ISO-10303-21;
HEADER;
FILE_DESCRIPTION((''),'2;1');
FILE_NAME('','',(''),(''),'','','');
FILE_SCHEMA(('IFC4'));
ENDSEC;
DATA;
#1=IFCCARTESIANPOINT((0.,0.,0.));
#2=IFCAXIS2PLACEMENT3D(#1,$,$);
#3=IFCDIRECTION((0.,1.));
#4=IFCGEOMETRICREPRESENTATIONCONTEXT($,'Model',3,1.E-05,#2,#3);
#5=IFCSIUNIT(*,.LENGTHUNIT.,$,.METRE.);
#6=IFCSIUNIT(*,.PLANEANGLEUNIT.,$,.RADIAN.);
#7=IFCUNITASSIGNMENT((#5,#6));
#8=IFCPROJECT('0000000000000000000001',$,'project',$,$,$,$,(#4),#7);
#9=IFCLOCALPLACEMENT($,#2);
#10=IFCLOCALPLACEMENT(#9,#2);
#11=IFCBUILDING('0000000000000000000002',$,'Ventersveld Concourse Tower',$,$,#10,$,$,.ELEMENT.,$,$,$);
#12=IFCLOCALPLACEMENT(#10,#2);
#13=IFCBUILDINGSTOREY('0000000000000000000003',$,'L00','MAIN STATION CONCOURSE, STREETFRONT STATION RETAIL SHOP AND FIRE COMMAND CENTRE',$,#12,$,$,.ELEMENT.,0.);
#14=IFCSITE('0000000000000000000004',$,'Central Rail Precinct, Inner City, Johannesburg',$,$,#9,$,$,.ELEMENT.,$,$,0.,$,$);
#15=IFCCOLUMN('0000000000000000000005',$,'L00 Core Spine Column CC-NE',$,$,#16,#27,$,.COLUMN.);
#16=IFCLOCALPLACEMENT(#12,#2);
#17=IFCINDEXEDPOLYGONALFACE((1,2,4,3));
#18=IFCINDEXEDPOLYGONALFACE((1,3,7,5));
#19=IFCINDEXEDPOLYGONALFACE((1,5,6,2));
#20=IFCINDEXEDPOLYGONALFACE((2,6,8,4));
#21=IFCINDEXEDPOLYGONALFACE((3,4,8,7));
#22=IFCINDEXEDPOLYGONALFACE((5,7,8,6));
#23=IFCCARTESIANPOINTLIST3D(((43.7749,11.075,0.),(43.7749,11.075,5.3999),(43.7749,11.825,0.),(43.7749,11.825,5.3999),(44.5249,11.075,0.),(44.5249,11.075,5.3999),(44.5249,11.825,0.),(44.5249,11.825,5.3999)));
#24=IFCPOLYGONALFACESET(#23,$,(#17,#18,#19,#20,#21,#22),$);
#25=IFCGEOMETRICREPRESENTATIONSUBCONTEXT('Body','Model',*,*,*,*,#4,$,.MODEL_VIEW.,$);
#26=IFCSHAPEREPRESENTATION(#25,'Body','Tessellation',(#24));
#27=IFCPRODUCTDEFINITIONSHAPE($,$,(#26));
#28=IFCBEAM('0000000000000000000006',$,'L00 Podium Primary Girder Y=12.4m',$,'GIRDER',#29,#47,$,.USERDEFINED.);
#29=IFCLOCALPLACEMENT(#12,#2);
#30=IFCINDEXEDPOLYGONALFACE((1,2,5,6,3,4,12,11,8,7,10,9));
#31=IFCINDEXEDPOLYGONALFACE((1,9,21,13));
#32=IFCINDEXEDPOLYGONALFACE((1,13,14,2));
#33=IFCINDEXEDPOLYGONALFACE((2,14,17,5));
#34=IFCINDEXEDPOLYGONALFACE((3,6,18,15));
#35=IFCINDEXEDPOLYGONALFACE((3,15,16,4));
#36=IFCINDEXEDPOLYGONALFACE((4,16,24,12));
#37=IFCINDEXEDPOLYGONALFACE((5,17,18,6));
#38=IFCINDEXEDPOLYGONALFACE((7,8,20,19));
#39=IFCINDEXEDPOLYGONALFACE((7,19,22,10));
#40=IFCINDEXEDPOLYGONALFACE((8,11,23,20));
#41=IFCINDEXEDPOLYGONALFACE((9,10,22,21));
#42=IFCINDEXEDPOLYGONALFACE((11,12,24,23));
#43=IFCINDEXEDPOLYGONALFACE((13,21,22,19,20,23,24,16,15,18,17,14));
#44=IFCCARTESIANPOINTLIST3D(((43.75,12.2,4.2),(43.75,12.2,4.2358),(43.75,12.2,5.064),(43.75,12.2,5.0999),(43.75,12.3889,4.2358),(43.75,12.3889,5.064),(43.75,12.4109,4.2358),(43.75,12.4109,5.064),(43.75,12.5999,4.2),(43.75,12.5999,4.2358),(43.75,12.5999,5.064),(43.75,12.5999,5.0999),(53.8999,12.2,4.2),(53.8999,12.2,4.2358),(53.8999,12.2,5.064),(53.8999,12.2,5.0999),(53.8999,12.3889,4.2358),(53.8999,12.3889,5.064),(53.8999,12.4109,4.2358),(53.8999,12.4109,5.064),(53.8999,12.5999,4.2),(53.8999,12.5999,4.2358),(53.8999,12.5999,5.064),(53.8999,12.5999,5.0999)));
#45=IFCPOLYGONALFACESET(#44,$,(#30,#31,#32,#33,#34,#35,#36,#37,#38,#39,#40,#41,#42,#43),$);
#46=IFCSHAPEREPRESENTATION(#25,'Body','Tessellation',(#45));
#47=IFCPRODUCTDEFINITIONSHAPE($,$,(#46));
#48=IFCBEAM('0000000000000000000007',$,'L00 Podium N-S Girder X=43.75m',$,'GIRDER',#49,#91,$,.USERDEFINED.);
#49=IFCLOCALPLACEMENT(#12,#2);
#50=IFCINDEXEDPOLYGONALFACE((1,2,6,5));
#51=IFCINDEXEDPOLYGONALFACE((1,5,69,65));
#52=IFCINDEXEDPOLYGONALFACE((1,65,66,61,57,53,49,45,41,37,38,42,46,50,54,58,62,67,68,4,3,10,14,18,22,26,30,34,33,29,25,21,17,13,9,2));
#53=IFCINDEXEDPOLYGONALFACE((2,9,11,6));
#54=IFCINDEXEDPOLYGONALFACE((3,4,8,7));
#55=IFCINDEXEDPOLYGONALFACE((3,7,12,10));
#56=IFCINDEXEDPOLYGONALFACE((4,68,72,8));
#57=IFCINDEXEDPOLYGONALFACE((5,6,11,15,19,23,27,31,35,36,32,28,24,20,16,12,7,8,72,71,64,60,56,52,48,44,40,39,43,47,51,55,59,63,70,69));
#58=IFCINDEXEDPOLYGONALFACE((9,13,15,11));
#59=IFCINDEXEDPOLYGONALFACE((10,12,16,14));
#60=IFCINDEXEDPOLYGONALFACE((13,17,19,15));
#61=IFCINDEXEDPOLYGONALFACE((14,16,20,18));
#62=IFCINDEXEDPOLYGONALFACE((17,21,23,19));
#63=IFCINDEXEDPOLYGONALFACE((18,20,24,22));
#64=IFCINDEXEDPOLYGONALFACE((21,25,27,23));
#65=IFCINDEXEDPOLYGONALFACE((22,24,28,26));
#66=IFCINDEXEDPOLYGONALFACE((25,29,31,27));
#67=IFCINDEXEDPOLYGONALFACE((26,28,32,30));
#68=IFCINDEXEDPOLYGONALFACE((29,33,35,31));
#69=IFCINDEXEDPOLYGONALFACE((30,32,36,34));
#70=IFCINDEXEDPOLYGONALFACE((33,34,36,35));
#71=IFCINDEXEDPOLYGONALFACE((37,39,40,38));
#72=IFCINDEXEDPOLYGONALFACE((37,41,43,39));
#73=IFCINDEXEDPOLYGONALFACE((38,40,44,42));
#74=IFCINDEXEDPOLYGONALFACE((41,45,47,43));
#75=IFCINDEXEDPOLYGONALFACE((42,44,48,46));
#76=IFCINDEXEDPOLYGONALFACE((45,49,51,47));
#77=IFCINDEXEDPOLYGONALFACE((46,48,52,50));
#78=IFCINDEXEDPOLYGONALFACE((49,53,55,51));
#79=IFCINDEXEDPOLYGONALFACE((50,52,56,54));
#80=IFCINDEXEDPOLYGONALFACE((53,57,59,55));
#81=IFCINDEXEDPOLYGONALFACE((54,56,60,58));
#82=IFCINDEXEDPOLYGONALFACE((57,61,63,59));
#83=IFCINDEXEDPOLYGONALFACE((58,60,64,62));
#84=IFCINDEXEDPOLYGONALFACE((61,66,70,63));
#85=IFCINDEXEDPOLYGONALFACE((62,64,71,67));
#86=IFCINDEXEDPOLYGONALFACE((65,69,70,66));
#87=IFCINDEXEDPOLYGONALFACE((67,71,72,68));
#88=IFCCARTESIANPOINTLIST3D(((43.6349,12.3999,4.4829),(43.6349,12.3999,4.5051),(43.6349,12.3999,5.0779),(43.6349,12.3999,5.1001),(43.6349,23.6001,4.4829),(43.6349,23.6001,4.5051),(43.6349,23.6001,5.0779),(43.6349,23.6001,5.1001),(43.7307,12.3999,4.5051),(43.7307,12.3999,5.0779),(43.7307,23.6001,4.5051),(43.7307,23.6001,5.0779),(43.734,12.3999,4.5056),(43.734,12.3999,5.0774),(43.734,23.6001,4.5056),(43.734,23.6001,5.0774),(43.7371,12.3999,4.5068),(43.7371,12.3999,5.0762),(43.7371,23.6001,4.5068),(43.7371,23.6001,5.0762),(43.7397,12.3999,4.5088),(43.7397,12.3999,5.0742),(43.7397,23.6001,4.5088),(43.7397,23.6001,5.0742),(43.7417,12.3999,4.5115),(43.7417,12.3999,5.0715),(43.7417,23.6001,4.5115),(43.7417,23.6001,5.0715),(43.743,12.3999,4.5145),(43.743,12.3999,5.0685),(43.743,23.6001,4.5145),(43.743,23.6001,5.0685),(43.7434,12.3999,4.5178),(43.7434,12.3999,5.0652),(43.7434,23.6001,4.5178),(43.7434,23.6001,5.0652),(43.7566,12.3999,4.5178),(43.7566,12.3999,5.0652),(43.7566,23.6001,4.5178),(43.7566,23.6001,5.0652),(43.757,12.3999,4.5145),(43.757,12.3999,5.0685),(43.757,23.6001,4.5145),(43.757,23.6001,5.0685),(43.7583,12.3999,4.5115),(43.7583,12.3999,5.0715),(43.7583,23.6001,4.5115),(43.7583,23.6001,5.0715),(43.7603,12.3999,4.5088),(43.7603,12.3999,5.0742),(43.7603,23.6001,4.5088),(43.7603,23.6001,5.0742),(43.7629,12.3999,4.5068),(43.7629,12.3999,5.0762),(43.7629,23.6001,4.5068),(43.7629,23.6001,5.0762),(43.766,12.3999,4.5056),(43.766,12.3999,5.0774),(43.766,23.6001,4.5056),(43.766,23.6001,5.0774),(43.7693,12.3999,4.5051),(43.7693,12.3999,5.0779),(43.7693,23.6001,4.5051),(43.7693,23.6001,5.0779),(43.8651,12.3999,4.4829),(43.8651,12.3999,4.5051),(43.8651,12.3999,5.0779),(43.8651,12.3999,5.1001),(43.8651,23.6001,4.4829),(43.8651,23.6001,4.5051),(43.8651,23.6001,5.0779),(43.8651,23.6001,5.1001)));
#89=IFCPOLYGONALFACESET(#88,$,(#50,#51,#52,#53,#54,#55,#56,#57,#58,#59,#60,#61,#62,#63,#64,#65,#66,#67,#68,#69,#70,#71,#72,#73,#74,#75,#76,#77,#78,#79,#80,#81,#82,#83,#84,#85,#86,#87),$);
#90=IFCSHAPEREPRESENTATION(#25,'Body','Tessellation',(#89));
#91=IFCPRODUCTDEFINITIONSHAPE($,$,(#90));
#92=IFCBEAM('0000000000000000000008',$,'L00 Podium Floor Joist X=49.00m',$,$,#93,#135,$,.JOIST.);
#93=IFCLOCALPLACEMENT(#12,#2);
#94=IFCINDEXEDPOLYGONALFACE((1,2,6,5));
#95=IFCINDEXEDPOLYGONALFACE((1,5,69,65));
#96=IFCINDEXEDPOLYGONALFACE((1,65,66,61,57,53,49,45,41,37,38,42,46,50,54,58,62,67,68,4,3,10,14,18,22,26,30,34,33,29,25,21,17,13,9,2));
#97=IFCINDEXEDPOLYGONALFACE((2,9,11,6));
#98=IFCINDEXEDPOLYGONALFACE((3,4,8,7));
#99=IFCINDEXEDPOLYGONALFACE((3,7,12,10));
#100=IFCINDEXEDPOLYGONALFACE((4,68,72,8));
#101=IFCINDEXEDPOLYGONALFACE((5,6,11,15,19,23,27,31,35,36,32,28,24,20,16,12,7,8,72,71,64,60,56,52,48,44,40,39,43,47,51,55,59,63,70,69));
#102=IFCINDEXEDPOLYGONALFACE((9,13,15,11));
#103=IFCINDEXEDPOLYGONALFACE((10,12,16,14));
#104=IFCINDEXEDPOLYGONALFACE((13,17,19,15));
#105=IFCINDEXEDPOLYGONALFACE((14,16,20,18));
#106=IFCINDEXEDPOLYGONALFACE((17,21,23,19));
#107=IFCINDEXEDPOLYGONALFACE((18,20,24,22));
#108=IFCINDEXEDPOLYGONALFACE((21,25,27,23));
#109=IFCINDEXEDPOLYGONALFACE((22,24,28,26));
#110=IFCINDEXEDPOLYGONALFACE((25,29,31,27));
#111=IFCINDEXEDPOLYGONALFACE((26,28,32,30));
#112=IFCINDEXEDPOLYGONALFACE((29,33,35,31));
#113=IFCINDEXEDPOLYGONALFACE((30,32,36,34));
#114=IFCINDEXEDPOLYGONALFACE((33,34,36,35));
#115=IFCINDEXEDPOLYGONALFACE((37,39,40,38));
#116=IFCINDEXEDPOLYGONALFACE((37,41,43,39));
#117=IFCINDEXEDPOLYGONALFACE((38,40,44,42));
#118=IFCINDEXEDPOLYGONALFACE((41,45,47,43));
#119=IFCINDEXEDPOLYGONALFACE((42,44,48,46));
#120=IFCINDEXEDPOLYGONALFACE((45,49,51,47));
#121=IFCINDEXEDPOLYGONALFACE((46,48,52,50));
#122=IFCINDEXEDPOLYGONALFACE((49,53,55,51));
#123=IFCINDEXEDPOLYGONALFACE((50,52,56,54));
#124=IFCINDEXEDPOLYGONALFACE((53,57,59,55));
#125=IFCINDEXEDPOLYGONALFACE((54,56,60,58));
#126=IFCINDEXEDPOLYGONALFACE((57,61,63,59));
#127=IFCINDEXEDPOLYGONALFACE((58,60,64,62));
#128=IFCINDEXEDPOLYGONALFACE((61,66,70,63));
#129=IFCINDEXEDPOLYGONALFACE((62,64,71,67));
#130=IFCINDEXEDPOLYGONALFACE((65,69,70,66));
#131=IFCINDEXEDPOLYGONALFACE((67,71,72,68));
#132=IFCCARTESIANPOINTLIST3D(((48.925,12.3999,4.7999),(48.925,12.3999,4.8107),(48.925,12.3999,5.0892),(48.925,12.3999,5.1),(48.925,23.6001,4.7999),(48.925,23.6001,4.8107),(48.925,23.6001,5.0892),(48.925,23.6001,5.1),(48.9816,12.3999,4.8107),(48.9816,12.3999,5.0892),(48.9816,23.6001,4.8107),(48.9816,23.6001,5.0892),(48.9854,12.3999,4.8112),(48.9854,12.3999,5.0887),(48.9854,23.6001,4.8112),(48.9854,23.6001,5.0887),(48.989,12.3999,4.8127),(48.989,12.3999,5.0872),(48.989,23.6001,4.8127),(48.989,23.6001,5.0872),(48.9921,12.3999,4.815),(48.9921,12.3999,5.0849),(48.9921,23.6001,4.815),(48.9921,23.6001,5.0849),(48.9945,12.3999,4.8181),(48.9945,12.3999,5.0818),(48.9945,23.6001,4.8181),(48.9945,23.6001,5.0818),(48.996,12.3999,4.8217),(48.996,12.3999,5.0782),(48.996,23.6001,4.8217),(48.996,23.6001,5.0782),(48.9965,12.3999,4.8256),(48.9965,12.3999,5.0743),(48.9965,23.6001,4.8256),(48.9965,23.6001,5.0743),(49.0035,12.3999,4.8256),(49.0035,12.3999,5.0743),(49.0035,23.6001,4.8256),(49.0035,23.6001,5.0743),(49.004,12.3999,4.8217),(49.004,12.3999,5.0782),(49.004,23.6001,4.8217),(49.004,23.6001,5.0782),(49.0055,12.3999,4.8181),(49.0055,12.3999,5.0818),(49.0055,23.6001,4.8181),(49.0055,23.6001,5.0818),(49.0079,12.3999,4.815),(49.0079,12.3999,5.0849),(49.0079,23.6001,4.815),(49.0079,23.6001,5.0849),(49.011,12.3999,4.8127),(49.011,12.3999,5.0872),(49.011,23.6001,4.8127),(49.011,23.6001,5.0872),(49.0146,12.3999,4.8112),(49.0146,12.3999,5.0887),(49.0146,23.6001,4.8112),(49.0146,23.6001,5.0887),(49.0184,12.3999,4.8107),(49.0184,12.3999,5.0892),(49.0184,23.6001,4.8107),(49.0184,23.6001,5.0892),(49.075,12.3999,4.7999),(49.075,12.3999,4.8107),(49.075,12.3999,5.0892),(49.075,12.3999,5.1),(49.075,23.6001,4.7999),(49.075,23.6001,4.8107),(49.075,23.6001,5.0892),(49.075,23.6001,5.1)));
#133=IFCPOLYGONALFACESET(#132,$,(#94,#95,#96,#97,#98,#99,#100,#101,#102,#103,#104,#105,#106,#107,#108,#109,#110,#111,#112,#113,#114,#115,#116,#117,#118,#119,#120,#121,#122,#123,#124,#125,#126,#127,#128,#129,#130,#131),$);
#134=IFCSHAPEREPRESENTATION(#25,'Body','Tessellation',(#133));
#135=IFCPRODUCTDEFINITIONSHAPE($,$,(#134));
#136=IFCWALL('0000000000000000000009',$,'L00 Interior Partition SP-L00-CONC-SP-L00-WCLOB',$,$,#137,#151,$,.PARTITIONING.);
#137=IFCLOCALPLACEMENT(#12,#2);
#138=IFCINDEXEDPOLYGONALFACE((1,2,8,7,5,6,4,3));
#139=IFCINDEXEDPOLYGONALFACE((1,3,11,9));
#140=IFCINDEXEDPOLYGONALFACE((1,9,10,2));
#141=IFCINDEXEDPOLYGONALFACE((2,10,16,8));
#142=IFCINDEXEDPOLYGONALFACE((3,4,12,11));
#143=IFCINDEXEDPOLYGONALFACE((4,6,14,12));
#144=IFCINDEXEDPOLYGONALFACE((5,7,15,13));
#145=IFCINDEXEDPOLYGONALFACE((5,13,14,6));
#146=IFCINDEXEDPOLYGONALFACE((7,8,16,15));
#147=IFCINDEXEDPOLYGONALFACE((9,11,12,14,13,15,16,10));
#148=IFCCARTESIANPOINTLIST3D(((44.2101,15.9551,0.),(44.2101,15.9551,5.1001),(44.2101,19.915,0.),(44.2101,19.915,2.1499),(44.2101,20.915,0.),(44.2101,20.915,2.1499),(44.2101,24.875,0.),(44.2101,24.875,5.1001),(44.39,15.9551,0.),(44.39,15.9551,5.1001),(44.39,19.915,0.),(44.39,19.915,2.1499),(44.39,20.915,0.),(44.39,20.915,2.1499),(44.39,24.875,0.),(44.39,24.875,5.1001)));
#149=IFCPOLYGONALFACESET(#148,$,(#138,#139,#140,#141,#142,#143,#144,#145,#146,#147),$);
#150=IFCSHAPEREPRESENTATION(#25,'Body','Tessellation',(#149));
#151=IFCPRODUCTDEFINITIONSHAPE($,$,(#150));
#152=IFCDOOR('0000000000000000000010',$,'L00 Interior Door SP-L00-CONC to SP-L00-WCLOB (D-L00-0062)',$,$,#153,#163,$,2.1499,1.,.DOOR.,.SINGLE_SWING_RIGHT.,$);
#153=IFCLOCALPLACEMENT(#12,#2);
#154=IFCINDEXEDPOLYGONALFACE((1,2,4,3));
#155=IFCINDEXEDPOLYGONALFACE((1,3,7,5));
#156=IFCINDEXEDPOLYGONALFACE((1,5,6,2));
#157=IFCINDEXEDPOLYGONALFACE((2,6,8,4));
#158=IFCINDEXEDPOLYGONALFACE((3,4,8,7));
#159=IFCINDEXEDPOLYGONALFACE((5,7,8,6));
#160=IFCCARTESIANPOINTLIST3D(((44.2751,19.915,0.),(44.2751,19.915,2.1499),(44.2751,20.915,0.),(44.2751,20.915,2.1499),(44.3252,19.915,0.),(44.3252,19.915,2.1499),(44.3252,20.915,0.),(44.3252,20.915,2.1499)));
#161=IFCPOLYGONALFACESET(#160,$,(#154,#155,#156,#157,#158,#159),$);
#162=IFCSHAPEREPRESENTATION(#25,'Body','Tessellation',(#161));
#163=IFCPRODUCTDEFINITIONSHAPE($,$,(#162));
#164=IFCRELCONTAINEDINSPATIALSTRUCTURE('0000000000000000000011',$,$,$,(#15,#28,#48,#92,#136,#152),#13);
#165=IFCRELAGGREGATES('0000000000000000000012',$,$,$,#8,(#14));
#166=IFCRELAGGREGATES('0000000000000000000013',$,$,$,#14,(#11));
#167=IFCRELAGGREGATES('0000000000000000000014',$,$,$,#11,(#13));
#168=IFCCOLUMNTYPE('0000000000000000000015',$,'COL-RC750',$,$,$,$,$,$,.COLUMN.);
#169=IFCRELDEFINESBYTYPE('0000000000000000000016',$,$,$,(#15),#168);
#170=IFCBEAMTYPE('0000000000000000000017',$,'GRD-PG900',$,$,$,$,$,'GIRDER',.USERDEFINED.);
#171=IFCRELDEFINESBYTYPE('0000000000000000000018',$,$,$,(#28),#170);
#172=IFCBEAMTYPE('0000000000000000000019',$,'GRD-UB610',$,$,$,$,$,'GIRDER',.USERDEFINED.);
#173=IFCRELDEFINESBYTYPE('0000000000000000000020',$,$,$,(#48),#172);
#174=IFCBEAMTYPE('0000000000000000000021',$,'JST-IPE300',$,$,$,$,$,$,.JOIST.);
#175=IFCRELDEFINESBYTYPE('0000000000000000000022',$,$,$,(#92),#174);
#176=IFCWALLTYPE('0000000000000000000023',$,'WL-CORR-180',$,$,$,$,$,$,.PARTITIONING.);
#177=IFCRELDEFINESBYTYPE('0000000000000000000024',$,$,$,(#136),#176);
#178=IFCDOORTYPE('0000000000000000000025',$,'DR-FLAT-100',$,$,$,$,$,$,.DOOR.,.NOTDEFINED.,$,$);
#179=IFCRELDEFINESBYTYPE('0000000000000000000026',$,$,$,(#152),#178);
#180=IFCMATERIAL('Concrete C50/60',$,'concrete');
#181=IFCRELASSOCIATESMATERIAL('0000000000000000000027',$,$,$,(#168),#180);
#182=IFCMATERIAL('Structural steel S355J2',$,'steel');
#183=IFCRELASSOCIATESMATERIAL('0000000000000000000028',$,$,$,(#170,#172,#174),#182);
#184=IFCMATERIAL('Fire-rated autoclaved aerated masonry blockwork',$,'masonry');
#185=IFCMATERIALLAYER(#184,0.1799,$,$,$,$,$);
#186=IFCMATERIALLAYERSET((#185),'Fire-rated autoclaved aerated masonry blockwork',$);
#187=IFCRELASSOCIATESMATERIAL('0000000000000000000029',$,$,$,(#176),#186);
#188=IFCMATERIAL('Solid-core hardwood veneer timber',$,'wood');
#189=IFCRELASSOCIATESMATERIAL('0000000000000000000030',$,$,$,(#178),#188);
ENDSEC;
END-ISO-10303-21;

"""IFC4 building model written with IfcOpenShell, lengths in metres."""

from ifc_helpers import new_model, si_unit, direction, frame, frame_2d, origin, origin_2d, place, context, subcontext, project, spatial, rectangle, i_section, extrude, material, layer, layer_set, material_profile, profile_set, type_object, element, fill, save


model = new_model("IFC4")

# Units and contexts
model_context = context("Model", 3, precision=1e-05, world=origin(), true_north=direction((0.0, 1.0)))
body_context = subcontext(model_context, "Body", "Model", "MODEL_VIEW")
ifc_project = project(units=[si_unit("LENGTHUNIT", "METRE"), si_unit("PLANEANGLEUNIT", "RADIAN")], contexts=[model_context])

# Site, building, storey
site_placement = place(None, origin())
site = spatial("IfcSite", under=ifc_project, at=site_placement, Name="Central Rail Precinct, Inner City, Johannesburg", CompositionType="ELEMENT", RefElevation=0.0)
building_placement = place(site_placement, origin())
building = spatial("IfcBuilding", under=site, at=building_placement, Name="Ventersveld Concourse Tower", CompositionType="ELEMENT")
storey_placement = place(building_placement, origin())
storey = spatial("IfcBuildingStorey", under=building, at=storey_placement, Name="L00", Description="MAIN STATION CONCOURSE, STREETFRONT STATION RETAIL SHOP AND FIRE COMMAND CENTRE", CompositionType="ELEMENT", Elevation=0.0)

# Column
ifc_material_1 = material(Name="Concrete C50/60", Category="concrete")
ifc_material_profile_1 = material_profile(ifc_material_1, rectangle(XDim=0.75, YDim=0.75, at=origin_2d()), Name="RC 750x750")
ifc_profile_set_1 = profile_set([ifc_material_profile_1], Name="Concrete C50/60")
column_type = type_object("IfcColumnType", Name="COL-RC750", PredefinedType="COLUMN", material=ifc_profile_set_1)
column_placement = place(storey_placement, frame((44.1499, 11.45, 0.0), z_axis=(0.0, 0.0, 1.0), x_axis=(1.0, 0.0, 0.0)))
element("IfcColumn", 1, at=column_placement, inside=storey, type_object=column_type, Name="L00 Core Spine Column CC-NE", PredefinedType="COLUMN", context=body_context, shape_type="SweptSolid", body=[
    extrude(rectangle(XDim=0.75, YDim=0.75, at=origin_2d()), origin(), (0.0, 0.0, 1.0), 5.3999),
])

# Beams
ifc_material_2 = material(Name="Structural steel S355J2", Category="steel")
ifc_material_profile_2 = material_profile(ifc_material_2, i_section(OverallWidth=0.3999, OverallDepth=0.8999, WebThickness=0.022, FlangeThickness=0.0359, at=origin_2d()), Name="PG 900x400x36")
ifc_profile_set_2 = profile_set([ifc_material_profile_2], Name="Structural steel S355J2")
beam_type_1 = type_object("IfcBeamType", Name="GRD-PG900", ElementType="GIRDER", PredefinedType="USERDEFINED", material=ifc_profile_set_2)
beam_1_placement = place(storey_placement, frame((43.75, 12.3999, 4.6499), z_axis=(1.0, 0.0, 0.0), x_axis=(0.0, 1.0, 0.0)))
element("IfcBeam", 2, at=beam_1_placement, inside=storey, type_object=beam_type_1, Name="L00 Podium Primary Girder Y=12.4m", ObjectType="GIRDER", PredefinedType="USERDEFINED", context=body_context, shape_type="SweptSolid", body=[
    extrude(i_section(OverallWidth=0.3999, OverallDepth=0.8999, WebThickness=0.022, FlangeThickness=0.0359, at=origin_2d()), origin(), (0.0, 0.0, 1.0), 10.1499),
])
ifc_material_profile_3 = material_profile(ifc_material_2, i_section(OverallWidth=0.2302, OverallDepth=0.6172, WebThickness=0.0132, FlangeThickness=0.0222, FilletRadius=0.0127, at=origin_2d()), Name="UB 610x229x140")
ifc_profile_set_3 = profile_set([ifc_material_profile_3], Name="Structural steel S355J2")
beam_type_2 = type_object("IfcBeamType", Name="GRD-UB610", ElementType="GIRDER", PredefinedType="USERDEFINED", material=ifc_profile_set_3)
beam_2_placement = place(storey_placement, frame((43.75, 12.3999, 4.7915), z_axis=(0.0, 1.0, 0.0), x_axis=(-1.0, 0.0, 0.0)))
element("IfcBeam", 3, at=beam_2_placement, inside=storey, type_object=beam_type_2, Name="L00 Podium N-S Girder X=43.75m", ObjectType="GIRDER", PredefinedType="USERDEFINED", context=body_context, shape_type="SweptSolid", body=[
    extrude(i_section(OverallWidth=0.2302, OverallDepth=0.6172, WebThickness=0.0132, FlangeThickness=0.0222, FilletRadius=0.0127, at=origin_2d()), origin(), (0.0, 0.0, 1.0), 11.2002),
])
ifc_material_profile_4 = material_profile(ifc_material_2, i_section(OverallWidth=0.1499, OverallDepth=0.3, WebThickness=0.0071, FlangeThickness=0.0107, FilletRadius=0.0149, at=origin_2d()), Name="IPE 300")
ifc_profile_set_4 = profile_set([ifc_material_profile_4], Name="Structural steel S355J2")
beam_type_3 = type_object("IfcBeamType", Name="JST-IPE300", PredefinedType="JOIST", material=ifc_profile_set_4)
beam_3_placement = place(storey_placement, frame((49.0, 12.3999, 4.95), z_axis=(0.0, 1.0, 0.0), x_axis=(-1.0, 0.0, 0.0)))
element("IfcBeam", 4, at=beam_3_placement, inside=storey, type_object=beam_type_3, Name="L00 Podium Floor Joist X=49.00m", PredefinedType="JOIST", context=body_context, shape_type="SweptSolid", body=[
    extrude(i_section(OverallWidth=0.1499, OverallDepth=0.3, WebThickness=0.0071, FlangeThickness=0.0107, FilletRadius=0.0149, at=origin_2d()), origin(), (0.0, 0.0, 1.0), 11.2002),
])

# Wall, opening, door
ifc_material_3 = material(Name="Fire-rated autoclaved aerated masonry blockwork", Category="masonry")
ifc_layer_1 = layer(ifc_material_3, 0.1799)
ifc_layer_set_1 = layer_set([ifc_layer_1], Name="Fire-rated autoclaved aerated masonry blockwork")
wall_type_1 = type_object("IfcWallType", Name="WL-CORR-180", PredefinedType="PARTITIONING", material=ifc_layer_set_1)
wall_1_placement = place(storey_placement, frame((44.3, 15.9551, 0.0), z_axis=(0.0, 0.0, 1.0), x_axis=(0.0, 1.0, 0.0)))
wall_1 = element("IfcWall", 5, at=wall_1_placement, inside=storey, type_object=wall_type_1, Name="L00 Interior Partition SP-L00-CONC-SP-L00-WCLOB", PredefinedType="PARTITIONING", context=body_context, shape_type="SweptSolid", body=[
    extrude(rectangle(XDim=8.9199, YDim=0.1799, at=frame_2d((4.46, 0.0))), origin(), (0.0, 0.0, 1.0), 5.1001),
])
opening_1_placement = place(wall_1_placement, frame((3.96, 0.0, 0.0)))
opening_1 = element("IfcOpeningElement", 6, at=opening_1_placement, cuts=wall_1, PredefinedType="OPENING", context=body_context, shape_type="SweptSolid", body=[
    extrude(rectangle(XDim=1.0, YDim=2.1499, at=frame_2d((0.5, 1.075))), frame((0.0, 0.1001, 0.0), z_axis=(0.0, -1.0, 0.0), x_axis=(1.0, 0.0, 0.0)), (0.0, 0.0, 1.0), 0.2),
])
ifc_material_4 = material(Name="Solid-core hardwood veneer timber", Category="wood")
door_type_1 = type_object("IfcDoorType", Name="DR-FLAT-100", OperationType="NOTDEFINED", PredefinedType="DOOR", material=ifc_material_4)
door_1_placement = place(opening_1_placement, origin())
door_1 = element("IfcDoor", 7, at=door_1_placement, inside=storey, type_object=door_type_1, Name="L00 Interior Door SP-L00-CONC to SP-L00-WCLOB (D-L00-0062)", OperationType="SINGLE_SWING_RIGHT", OverallHeight=2.1499, OverallWidth=1.0, PredefinedType="DOOR", context=body_context, shape_type="SweptSolid", body=[
    extrude(rectangle(XDim=1.0, YDim=2.1499, at=frame_2d((0.5, 1.075))), frame((0.0, 0.0249, 0.0), z_axis=(0.0, -1.0, 0.0), x_axis=(1.0, 0.0, 0.0)), (0.0, 0.0, 1.0), 0.05),
])
fill(opening_1, door_1)

save(model, "model.ifc")
